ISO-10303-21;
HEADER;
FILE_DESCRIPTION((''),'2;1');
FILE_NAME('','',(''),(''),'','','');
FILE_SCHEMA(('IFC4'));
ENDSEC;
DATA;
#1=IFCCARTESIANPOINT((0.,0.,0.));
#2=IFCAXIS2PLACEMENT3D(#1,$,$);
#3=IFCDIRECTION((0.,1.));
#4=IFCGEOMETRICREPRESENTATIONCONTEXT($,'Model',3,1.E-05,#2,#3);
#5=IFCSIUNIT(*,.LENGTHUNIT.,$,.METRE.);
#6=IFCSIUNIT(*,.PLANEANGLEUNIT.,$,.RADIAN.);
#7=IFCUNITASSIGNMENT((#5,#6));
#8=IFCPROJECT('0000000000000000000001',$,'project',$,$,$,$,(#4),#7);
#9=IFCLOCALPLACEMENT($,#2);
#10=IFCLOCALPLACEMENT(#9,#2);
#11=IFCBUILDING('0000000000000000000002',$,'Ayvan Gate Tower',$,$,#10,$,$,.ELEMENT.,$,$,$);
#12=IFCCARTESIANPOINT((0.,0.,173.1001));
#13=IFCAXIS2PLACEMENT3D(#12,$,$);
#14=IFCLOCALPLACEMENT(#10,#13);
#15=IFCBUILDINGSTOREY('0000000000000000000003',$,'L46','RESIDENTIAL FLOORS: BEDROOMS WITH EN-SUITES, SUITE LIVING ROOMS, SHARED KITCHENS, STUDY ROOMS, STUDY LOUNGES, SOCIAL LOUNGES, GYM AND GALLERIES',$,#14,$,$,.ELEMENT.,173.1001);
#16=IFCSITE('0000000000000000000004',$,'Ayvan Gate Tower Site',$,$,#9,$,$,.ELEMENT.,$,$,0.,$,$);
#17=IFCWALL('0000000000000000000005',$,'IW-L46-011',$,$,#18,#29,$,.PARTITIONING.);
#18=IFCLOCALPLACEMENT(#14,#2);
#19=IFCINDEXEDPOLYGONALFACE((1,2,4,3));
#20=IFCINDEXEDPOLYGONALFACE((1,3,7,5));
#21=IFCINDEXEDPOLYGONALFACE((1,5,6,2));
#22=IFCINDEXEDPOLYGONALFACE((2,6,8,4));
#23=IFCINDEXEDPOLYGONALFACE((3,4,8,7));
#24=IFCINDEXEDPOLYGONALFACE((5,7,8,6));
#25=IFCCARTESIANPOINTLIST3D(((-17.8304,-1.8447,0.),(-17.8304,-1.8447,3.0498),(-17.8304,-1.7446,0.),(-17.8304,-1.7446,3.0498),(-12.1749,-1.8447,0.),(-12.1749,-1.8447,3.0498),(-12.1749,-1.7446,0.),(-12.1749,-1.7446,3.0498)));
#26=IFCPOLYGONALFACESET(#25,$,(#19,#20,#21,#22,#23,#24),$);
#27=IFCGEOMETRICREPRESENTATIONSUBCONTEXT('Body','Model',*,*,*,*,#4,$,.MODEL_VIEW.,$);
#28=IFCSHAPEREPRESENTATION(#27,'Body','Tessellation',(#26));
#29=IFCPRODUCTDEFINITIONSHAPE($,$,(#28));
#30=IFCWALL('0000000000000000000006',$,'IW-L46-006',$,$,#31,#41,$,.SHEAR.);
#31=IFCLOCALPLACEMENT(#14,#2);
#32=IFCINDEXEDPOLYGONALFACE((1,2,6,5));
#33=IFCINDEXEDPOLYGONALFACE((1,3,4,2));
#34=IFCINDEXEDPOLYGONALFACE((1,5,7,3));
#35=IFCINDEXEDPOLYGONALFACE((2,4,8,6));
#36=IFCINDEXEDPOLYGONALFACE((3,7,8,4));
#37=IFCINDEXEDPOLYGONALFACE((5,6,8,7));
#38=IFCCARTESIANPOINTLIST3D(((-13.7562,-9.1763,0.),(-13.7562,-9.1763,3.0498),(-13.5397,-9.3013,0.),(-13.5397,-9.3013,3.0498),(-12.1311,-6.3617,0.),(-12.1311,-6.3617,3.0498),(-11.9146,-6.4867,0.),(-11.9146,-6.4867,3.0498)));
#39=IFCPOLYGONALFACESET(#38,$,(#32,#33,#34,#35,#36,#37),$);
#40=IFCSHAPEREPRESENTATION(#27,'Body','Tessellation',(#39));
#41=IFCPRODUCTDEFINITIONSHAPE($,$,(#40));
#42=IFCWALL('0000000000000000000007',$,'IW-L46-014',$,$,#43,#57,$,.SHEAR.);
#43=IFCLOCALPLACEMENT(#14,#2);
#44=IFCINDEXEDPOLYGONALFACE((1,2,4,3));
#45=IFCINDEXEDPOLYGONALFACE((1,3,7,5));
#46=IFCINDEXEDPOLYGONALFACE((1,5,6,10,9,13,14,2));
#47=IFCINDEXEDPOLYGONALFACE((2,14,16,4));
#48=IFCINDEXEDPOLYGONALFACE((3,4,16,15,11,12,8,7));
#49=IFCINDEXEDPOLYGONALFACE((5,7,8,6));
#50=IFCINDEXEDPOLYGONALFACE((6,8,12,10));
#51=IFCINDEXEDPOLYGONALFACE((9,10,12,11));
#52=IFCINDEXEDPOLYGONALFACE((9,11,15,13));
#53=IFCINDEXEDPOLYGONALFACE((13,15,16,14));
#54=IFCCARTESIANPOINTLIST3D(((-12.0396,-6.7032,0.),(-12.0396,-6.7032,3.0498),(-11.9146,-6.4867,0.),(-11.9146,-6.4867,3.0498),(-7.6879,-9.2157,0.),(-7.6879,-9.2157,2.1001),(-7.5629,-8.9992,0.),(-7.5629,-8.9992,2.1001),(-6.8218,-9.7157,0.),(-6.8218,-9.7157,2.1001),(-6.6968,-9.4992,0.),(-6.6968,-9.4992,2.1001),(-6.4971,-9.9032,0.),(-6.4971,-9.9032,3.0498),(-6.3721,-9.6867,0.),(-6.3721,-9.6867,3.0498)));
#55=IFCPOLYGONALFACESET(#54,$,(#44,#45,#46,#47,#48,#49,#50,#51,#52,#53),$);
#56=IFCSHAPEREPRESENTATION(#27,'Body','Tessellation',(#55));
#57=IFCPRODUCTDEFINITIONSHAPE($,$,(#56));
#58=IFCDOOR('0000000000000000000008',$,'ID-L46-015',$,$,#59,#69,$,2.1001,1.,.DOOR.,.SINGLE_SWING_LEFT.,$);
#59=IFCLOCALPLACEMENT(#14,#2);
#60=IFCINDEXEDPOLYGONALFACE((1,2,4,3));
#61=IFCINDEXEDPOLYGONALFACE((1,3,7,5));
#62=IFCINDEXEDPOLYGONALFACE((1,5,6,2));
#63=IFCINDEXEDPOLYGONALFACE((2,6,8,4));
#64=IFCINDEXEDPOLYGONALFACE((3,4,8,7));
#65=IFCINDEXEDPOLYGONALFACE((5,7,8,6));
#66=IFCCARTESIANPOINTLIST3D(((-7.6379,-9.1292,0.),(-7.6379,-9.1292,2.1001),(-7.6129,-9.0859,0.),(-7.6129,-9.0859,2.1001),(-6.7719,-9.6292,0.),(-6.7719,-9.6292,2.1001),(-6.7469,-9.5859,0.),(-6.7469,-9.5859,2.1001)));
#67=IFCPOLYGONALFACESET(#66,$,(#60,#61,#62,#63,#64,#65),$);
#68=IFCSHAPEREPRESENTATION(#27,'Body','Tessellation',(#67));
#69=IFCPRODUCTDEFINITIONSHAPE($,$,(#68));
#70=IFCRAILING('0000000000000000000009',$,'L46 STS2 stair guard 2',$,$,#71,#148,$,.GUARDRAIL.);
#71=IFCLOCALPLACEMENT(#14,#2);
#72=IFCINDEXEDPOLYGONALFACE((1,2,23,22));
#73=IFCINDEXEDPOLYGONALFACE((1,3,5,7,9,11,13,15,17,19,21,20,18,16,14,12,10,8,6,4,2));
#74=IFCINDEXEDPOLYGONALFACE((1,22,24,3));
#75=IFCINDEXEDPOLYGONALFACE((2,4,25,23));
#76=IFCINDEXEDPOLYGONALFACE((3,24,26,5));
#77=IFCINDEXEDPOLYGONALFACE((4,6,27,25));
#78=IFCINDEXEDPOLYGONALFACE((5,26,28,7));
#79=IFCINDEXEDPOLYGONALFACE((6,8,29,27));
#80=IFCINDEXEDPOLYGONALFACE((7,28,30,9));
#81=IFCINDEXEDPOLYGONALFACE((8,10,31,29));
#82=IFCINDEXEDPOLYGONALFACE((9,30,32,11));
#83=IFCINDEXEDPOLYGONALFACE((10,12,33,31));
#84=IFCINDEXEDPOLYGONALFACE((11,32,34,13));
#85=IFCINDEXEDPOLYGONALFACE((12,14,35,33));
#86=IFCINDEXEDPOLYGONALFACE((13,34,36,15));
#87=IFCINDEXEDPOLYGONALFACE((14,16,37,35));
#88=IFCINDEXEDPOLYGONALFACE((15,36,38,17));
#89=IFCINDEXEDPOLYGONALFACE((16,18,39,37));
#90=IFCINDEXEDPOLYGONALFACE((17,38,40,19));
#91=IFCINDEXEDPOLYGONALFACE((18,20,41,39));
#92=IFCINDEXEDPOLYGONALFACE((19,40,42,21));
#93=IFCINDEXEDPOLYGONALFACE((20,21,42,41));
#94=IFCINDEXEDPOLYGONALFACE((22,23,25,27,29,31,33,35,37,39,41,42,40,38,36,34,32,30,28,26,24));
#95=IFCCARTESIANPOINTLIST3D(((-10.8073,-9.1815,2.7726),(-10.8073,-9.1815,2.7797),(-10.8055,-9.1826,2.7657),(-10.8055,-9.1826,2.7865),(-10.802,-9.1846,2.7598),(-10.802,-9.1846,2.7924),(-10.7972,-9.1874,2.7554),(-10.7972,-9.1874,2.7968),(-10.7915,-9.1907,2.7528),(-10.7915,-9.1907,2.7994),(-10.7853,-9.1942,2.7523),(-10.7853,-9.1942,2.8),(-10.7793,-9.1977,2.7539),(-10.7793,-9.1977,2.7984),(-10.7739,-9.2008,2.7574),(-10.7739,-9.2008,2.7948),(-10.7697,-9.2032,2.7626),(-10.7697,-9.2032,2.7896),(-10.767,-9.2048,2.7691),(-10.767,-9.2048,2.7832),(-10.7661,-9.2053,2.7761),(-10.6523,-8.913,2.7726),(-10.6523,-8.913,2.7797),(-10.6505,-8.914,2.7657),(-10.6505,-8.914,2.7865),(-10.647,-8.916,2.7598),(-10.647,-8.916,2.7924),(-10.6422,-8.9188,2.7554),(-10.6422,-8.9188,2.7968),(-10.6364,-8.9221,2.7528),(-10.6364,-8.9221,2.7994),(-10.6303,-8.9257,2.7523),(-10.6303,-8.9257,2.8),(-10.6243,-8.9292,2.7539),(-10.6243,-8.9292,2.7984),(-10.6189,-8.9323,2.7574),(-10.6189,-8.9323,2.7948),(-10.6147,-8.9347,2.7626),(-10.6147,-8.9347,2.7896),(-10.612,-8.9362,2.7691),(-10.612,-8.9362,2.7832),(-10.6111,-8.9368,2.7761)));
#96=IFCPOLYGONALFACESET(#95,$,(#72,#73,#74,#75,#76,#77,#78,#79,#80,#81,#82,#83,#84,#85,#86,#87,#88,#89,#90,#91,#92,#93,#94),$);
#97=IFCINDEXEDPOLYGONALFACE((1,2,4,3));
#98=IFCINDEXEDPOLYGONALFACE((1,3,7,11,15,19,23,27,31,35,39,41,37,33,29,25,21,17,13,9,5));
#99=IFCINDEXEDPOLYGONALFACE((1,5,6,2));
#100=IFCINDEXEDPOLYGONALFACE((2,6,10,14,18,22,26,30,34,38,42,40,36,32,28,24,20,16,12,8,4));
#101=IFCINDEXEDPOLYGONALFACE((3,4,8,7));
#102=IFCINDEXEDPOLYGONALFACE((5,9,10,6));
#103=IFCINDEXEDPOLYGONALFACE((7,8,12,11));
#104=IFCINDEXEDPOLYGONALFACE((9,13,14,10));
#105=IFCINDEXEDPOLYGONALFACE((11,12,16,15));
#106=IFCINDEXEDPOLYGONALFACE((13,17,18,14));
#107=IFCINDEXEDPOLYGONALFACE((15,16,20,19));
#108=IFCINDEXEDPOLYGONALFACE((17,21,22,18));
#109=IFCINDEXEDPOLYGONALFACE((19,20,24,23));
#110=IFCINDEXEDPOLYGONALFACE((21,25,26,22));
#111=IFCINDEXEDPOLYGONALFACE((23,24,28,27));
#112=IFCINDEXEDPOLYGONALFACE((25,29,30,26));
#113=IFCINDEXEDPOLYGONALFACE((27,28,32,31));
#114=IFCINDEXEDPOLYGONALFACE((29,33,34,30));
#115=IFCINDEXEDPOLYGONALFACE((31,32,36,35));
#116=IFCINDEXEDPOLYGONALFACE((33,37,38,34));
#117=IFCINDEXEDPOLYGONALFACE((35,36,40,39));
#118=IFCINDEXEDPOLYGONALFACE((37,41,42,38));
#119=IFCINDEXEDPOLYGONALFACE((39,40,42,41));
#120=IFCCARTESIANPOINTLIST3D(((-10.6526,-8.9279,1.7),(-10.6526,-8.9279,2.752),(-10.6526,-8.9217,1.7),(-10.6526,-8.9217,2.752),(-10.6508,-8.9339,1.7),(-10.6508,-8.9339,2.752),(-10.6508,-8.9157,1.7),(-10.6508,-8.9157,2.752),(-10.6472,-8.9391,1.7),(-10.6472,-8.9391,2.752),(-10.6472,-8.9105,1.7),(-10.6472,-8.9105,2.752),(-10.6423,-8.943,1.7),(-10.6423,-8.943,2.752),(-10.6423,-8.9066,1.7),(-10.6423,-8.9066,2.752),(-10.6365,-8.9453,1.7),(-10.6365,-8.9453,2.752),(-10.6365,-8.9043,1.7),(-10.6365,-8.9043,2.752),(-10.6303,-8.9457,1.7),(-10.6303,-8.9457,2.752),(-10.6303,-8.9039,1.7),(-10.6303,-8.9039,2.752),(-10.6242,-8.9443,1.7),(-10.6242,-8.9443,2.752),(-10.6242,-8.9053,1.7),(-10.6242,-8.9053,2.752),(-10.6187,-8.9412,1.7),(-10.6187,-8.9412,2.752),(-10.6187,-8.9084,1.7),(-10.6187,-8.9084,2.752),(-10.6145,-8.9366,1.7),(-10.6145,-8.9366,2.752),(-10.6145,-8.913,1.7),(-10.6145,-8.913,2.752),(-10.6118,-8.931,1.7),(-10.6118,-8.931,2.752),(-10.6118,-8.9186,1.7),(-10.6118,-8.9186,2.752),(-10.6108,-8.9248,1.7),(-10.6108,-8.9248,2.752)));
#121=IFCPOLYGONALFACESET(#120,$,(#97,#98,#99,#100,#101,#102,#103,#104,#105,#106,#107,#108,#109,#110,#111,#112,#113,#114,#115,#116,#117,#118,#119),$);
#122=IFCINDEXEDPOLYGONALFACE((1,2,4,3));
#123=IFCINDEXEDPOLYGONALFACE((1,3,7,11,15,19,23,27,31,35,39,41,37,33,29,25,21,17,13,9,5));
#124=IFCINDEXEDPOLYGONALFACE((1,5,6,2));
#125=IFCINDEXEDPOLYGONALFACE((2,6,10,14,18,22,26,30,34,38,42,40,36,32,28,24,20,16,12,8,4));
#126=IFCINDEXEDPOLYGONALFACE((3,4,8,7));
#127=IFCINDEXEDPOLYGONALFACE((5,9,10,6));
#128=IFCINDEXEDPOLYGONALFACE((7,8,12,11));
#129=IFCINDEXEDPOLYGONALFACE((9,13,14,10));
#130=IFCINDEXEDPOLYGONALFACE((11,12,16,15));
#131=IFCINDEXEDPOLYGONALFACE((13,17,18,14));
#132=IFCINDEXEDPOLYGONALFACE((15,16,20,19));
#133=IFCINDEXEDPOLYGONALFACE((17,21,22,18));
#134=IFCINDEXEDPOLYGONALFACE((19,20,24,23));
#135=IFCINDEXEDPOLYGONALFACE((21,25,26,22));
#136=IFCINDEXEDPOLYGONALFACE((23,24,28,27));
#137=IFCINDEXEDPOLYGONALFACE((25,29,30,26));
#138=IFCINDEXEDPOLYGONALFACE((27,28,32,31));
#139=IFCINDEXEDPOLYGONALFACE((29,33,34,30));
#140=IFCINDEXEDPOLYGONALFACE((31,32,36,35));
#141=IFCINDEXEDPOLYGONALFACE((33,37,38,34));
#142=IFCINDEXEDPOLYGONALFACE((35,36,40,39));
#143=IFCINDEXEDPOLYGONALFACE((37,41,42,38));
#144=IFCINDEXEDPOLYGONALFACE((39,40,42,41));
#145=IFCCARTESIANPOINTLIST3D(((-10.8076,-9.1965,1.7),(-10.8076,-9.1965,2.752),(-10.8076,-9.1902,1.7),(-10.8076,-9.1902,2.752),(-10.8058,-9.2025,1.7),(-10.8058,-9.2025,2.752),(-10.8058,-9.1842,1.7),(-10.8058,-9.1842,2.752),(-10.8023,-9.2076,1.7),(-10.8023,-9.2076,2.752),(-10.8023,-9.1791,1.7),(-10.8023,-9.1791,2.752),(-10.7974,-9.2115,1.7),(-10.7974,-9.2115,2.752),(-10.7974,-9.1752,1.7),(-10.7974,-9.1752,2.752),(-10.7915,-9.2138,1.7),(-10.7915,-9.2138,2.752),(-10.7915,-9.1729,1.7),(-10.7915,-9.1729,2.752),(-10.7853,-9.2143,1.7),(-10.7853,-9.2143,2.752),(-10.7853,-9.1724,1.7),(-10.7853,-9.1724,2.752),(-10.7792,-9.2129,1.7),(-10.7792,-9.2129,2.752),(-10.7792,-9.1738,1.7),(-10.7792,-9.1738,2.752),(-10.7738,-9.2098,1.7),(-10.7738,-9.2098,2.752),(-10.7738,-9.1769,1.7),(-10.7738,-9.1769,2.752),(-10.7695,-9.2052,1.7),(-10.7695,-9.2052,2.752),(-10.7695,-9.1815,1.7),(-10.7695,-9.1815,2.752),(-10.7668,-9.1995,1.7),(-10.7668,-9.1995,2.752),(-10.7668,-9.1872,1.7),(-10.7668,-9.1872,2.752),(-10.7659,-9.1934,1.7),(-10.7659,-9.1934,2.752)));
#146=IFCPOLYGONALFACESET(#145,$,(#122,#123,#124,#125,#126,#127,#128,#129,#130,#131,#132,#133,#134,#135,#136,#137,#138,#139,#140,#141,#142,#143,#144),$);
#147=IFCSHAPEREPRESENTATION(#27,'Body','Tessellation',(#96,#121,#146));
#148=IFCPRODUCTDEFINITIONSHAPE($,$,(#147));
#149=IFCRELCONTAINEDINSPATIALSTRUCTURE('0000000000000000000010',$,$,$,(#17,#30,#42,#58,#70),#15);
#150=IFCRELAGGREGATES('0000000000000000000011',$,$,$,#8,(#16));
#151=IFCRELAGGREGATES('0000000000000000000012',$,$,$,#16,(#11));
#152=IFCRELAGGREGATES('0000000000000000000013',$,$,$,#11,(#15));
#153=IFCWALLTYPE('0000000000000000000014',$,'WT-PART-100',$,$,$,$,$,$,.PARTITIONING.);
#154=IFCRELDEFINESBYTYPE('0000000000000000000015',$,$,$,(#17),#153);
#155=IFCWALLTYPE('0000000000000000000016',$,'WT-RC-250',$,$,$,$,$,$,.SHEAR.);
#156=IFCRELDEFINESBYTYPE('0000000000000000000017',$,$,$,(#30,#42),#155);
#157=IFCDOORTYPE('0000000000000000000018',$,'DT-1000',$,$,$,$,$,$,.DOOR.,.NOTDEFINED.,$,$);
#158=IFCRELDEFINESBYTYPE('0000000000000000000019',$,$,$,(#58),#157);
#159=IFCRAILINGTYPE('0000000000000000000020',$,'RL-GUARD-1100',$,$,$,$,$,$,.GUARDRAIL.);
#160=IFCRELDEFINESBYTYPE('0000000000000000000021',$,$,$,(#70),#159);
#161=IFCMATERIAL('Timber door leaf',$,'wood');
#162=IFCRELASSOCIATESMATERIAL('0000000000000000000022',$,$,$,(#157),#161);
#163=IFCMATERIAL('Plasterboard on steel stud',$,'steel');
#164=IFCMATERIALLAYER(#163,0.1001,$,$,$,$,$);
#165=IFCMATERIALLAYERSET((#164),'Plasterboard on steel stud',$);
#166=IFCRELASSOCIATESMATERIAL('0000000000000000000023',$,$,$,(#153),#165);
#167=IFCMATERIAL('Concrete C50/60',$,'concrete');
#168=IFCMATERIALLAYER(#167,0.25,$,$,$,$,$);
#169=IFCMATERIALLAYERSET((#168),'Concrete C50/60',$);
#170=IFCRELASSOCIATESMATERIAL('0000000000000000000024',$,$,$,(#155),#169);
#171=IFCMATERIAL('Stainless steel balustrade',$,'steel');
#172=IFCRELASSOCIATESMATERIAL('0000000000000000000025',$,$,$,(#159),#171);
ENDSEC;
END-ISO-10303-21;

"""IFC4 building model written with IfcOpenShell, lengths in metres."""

from ifc_helpers import new_model, si_unit, direction, frame, frame_2d, origin, origin_2d, place, context, subcontext, project, spatial, rectangle, circle, extrude, material, layer, layer_set, type_object, element, fill, save


model = new_model("IFC4")

# Units and contexts
model_context = context("Model", 3, precision=1e-05, world=origin(), true_north=direction((0.0, 1.0)))
body_context = subcontext(model_context, "Body", "Model", "MODEL_VIEW")
ifc_project = project(units=[si_unit("LENGTHUNIT", "METRE"), si_unit("PLANEANGLEUNIT", "RADIAN")], contexts=[model_context])

# Site, building, storey
site_placement = place(None, origin())
site = spatial("IfcSite", under=ifc_project, at=site_placement, Name="Ayvan Gate Tower Site", CompositionType="ELEMENT", RefElevation=0.0)
building_placement = place(site_placement, origin())
building = spatial("IfcBuilding", under=site, at=building_placement, Name="Ayvan Gate Tower", CompositionType="ELEMENT")
storey_placement = place(building_placement, frame((0.0, 0.0, 173.1001)))
storey = spatial("IfcBuildingStorey", under=building, at=storey_placement, Name="L46", Description="RESIDENTIAL FLOORS: BEDROOMS WITH EN-SUITES, SUITE LIVING ROOMS, SHARED KITCHENS, STUDY ROOMS, STUDY LOUNGES, SOCIAL LOUNGES, GYM AND GALLERIES", CompositionType="ELEMENT", Elevation=173.1001)

# Shared definitions
ifc_material_1 = material(Name="Plasterboard on steel stud", Category="steel")

# Shared definitions
ifc_material_2 = material(Name="Timber door leaf", Category="wood")
door_type_1 = type_object("IfcDoorType", Name="DT-1000", OperationType="NOTDEFINED", PredefinedType="DOOR", material=ifc_material_2)

# Walls
ifc_layer_1 = layer(ifc_material_1, 0.1001)
ifc_layer_set_1 = layer_set([ifc_layer_1], Name="Plasterboard on steel stud")
wall_type_1 = type_object("IfcWallType", Name="WT-PART-100", PredefinedType="PARTITIONING", material=ifc_layer_set_1)
wall_1_placement = place(storey_placement, frame((-12.175, -1.7947, 0.0), z_axis=(0.0, 0.0, 1.0), x_axis=(-1.0, 0.0, 0.0)))
element("IfcWall", 1, at=wall_1_placement, inside=storey, type_object=wall_type_1, Name="IW-L46-011", PredefinedType="PARTITIONING", context=body_context, shape_type="SweptSolid", body=[
    extrude(rectangle(XDim=5.6555, YDim=0.1001, at=frame_2d((2.8276, 0.0))), origin(), (0.0, 0.0, 1.0), 3.0498),
])
ifc_material_3 = material(Name="Concrete C50/60", Category="concrete")
ifc_layer_2 = layer(ifc_material_3, 0.25)
ifc_layer_set_2 = layer_set([ifc_layer_2], Name="Concrete C50/60")
wall_type_2 = type_object("IfcWallType", Name="WT-RC-250", PredefinedType="SHEAR", material=ifc_layer_set_2)
wall_2_placement = place(storey_placement, frame((-13.6479, -9.2388, 0.0), z_axis=(0.0, 0.0, 1.0), x_axis=(0.500017, 0.866015, 0.0)))
element("IfcWall", 2, at=wall_2_placement, inside=storey, type_object=wall_type_2, Name="IW-L46-006", PredefinedType="SHEAR", context=body_context, shape_type="SweptSolid", body=[
    extrude(rectangle(XDim=3.25, YDim=0.25, at=frame_2d((1.625, 0.0))), origin(), (0.0, 0.0, 1.0), 3.0498),
])

# Wall, opening, door
wall_3_placement = place(storey_placement, frame((-11.9771, -6.595, 0.0), z_axis=(0.0, 0.0, 1.0), x_axis=(0.866025, -0.5, 0.0)))
wall_3 = element("IfcWall", 3, at=wall_3_placement, inside=storey, type_object=wall_type_2, Name="IW-L46-014", PredefinedType="SHEAR", context=body_context, shape_type="SweptSolid", body=[
    extrude(rectangle(XDim=6.3999, YDim=0.25, at=frame_2d((3.2, 0.0))), origin(), (0.0, 0.0, 1.0), 3.0498),
])
opening_1_placement = place(wall_3_placement, frame((5.0249, 0.0, 0.0)))
opening_1 = element("IfcOpeningElement", 4, at=opening_1_placement, cuts=wall_3, PredefinedType="OPENING", context=body_context, shape_type="SweptSolid", body=[
    extrude(rectangle(XDim=1.0, YDim=2.1001, at=frame_2d((0.5, 1.05))), frame((0.0, 0.135, 0.0), z_axis=(0.0, -1.0, 0.0), x_axis=(1.0, 0.0, 0.0)), (0.0, 0.0, 1.0), 0.27),
])
door_1_placement = place(opening_1_placement, origin())
door_1 = element("IfcDoor", 5, at=door_1_placement, inside=storey, type_object=door_type_1, Name="ID-L46-015", OperationType="SINGLE_SWING_LEFT", OverallHeight=2.1001, OverallWidth=1.0, PredefinedType="DOOR", context=body_context, shape_type="SweptSolid", body=[
    extrude(rectangle(XDim=1.0, YDim=2.1001, at=frame_2d((0.5, 1.05))), frame((0.0, 0.0249, 0.0), z_axis=(0.0, -1.0, 0.0), x_axis=(1.0, 0.0, 0.0)), (0.0, 0.0, 1.0), 0.05),
])
fill(opening_1, door_1)

# Railing
ifc_material_4 = material(Name="Stainless steel balustrade", Category="steel")
railing_type_1 = type_object("IfcRailingType", Name="RL-GUARD-1100", PredefinedType="GUARDRAIL", material=ifc_material_4)
railing_1_placement = place(storey_placement, frame((-10.6318, -8.9248, 1.7)))
element("IfcRailing", 6, at=railing_1_placement, inside=storey, type_object=railing_type_1, Name="L46 STS2 stair guard 2", PredefinedType="GUARDRAIL", context=body_context, shape_type="SweptSolid", body=[
    extrude(circle(Radius=0.0239, at=origin_2d()), frame((0.0, 0.0, 1.0762), z_axis=(-0.49995, -0.866054, 0.0), x_axis=(0.866054, -0.49995, 0.0)), (0.0, 0.0, 1.0), 0.3101),
    extrude(circle(Radius=0.021, at=origin_2d()), origin(), (0.0, 0.0, 1.0), 1.052),
    extrude(circle(Radius=0.021, at=origin_2d()), frame((-0.155, -0.2686, 0.0)), (0.0, 0.0, 1.0), 1.052),
])

save(model, "model.ifc")
